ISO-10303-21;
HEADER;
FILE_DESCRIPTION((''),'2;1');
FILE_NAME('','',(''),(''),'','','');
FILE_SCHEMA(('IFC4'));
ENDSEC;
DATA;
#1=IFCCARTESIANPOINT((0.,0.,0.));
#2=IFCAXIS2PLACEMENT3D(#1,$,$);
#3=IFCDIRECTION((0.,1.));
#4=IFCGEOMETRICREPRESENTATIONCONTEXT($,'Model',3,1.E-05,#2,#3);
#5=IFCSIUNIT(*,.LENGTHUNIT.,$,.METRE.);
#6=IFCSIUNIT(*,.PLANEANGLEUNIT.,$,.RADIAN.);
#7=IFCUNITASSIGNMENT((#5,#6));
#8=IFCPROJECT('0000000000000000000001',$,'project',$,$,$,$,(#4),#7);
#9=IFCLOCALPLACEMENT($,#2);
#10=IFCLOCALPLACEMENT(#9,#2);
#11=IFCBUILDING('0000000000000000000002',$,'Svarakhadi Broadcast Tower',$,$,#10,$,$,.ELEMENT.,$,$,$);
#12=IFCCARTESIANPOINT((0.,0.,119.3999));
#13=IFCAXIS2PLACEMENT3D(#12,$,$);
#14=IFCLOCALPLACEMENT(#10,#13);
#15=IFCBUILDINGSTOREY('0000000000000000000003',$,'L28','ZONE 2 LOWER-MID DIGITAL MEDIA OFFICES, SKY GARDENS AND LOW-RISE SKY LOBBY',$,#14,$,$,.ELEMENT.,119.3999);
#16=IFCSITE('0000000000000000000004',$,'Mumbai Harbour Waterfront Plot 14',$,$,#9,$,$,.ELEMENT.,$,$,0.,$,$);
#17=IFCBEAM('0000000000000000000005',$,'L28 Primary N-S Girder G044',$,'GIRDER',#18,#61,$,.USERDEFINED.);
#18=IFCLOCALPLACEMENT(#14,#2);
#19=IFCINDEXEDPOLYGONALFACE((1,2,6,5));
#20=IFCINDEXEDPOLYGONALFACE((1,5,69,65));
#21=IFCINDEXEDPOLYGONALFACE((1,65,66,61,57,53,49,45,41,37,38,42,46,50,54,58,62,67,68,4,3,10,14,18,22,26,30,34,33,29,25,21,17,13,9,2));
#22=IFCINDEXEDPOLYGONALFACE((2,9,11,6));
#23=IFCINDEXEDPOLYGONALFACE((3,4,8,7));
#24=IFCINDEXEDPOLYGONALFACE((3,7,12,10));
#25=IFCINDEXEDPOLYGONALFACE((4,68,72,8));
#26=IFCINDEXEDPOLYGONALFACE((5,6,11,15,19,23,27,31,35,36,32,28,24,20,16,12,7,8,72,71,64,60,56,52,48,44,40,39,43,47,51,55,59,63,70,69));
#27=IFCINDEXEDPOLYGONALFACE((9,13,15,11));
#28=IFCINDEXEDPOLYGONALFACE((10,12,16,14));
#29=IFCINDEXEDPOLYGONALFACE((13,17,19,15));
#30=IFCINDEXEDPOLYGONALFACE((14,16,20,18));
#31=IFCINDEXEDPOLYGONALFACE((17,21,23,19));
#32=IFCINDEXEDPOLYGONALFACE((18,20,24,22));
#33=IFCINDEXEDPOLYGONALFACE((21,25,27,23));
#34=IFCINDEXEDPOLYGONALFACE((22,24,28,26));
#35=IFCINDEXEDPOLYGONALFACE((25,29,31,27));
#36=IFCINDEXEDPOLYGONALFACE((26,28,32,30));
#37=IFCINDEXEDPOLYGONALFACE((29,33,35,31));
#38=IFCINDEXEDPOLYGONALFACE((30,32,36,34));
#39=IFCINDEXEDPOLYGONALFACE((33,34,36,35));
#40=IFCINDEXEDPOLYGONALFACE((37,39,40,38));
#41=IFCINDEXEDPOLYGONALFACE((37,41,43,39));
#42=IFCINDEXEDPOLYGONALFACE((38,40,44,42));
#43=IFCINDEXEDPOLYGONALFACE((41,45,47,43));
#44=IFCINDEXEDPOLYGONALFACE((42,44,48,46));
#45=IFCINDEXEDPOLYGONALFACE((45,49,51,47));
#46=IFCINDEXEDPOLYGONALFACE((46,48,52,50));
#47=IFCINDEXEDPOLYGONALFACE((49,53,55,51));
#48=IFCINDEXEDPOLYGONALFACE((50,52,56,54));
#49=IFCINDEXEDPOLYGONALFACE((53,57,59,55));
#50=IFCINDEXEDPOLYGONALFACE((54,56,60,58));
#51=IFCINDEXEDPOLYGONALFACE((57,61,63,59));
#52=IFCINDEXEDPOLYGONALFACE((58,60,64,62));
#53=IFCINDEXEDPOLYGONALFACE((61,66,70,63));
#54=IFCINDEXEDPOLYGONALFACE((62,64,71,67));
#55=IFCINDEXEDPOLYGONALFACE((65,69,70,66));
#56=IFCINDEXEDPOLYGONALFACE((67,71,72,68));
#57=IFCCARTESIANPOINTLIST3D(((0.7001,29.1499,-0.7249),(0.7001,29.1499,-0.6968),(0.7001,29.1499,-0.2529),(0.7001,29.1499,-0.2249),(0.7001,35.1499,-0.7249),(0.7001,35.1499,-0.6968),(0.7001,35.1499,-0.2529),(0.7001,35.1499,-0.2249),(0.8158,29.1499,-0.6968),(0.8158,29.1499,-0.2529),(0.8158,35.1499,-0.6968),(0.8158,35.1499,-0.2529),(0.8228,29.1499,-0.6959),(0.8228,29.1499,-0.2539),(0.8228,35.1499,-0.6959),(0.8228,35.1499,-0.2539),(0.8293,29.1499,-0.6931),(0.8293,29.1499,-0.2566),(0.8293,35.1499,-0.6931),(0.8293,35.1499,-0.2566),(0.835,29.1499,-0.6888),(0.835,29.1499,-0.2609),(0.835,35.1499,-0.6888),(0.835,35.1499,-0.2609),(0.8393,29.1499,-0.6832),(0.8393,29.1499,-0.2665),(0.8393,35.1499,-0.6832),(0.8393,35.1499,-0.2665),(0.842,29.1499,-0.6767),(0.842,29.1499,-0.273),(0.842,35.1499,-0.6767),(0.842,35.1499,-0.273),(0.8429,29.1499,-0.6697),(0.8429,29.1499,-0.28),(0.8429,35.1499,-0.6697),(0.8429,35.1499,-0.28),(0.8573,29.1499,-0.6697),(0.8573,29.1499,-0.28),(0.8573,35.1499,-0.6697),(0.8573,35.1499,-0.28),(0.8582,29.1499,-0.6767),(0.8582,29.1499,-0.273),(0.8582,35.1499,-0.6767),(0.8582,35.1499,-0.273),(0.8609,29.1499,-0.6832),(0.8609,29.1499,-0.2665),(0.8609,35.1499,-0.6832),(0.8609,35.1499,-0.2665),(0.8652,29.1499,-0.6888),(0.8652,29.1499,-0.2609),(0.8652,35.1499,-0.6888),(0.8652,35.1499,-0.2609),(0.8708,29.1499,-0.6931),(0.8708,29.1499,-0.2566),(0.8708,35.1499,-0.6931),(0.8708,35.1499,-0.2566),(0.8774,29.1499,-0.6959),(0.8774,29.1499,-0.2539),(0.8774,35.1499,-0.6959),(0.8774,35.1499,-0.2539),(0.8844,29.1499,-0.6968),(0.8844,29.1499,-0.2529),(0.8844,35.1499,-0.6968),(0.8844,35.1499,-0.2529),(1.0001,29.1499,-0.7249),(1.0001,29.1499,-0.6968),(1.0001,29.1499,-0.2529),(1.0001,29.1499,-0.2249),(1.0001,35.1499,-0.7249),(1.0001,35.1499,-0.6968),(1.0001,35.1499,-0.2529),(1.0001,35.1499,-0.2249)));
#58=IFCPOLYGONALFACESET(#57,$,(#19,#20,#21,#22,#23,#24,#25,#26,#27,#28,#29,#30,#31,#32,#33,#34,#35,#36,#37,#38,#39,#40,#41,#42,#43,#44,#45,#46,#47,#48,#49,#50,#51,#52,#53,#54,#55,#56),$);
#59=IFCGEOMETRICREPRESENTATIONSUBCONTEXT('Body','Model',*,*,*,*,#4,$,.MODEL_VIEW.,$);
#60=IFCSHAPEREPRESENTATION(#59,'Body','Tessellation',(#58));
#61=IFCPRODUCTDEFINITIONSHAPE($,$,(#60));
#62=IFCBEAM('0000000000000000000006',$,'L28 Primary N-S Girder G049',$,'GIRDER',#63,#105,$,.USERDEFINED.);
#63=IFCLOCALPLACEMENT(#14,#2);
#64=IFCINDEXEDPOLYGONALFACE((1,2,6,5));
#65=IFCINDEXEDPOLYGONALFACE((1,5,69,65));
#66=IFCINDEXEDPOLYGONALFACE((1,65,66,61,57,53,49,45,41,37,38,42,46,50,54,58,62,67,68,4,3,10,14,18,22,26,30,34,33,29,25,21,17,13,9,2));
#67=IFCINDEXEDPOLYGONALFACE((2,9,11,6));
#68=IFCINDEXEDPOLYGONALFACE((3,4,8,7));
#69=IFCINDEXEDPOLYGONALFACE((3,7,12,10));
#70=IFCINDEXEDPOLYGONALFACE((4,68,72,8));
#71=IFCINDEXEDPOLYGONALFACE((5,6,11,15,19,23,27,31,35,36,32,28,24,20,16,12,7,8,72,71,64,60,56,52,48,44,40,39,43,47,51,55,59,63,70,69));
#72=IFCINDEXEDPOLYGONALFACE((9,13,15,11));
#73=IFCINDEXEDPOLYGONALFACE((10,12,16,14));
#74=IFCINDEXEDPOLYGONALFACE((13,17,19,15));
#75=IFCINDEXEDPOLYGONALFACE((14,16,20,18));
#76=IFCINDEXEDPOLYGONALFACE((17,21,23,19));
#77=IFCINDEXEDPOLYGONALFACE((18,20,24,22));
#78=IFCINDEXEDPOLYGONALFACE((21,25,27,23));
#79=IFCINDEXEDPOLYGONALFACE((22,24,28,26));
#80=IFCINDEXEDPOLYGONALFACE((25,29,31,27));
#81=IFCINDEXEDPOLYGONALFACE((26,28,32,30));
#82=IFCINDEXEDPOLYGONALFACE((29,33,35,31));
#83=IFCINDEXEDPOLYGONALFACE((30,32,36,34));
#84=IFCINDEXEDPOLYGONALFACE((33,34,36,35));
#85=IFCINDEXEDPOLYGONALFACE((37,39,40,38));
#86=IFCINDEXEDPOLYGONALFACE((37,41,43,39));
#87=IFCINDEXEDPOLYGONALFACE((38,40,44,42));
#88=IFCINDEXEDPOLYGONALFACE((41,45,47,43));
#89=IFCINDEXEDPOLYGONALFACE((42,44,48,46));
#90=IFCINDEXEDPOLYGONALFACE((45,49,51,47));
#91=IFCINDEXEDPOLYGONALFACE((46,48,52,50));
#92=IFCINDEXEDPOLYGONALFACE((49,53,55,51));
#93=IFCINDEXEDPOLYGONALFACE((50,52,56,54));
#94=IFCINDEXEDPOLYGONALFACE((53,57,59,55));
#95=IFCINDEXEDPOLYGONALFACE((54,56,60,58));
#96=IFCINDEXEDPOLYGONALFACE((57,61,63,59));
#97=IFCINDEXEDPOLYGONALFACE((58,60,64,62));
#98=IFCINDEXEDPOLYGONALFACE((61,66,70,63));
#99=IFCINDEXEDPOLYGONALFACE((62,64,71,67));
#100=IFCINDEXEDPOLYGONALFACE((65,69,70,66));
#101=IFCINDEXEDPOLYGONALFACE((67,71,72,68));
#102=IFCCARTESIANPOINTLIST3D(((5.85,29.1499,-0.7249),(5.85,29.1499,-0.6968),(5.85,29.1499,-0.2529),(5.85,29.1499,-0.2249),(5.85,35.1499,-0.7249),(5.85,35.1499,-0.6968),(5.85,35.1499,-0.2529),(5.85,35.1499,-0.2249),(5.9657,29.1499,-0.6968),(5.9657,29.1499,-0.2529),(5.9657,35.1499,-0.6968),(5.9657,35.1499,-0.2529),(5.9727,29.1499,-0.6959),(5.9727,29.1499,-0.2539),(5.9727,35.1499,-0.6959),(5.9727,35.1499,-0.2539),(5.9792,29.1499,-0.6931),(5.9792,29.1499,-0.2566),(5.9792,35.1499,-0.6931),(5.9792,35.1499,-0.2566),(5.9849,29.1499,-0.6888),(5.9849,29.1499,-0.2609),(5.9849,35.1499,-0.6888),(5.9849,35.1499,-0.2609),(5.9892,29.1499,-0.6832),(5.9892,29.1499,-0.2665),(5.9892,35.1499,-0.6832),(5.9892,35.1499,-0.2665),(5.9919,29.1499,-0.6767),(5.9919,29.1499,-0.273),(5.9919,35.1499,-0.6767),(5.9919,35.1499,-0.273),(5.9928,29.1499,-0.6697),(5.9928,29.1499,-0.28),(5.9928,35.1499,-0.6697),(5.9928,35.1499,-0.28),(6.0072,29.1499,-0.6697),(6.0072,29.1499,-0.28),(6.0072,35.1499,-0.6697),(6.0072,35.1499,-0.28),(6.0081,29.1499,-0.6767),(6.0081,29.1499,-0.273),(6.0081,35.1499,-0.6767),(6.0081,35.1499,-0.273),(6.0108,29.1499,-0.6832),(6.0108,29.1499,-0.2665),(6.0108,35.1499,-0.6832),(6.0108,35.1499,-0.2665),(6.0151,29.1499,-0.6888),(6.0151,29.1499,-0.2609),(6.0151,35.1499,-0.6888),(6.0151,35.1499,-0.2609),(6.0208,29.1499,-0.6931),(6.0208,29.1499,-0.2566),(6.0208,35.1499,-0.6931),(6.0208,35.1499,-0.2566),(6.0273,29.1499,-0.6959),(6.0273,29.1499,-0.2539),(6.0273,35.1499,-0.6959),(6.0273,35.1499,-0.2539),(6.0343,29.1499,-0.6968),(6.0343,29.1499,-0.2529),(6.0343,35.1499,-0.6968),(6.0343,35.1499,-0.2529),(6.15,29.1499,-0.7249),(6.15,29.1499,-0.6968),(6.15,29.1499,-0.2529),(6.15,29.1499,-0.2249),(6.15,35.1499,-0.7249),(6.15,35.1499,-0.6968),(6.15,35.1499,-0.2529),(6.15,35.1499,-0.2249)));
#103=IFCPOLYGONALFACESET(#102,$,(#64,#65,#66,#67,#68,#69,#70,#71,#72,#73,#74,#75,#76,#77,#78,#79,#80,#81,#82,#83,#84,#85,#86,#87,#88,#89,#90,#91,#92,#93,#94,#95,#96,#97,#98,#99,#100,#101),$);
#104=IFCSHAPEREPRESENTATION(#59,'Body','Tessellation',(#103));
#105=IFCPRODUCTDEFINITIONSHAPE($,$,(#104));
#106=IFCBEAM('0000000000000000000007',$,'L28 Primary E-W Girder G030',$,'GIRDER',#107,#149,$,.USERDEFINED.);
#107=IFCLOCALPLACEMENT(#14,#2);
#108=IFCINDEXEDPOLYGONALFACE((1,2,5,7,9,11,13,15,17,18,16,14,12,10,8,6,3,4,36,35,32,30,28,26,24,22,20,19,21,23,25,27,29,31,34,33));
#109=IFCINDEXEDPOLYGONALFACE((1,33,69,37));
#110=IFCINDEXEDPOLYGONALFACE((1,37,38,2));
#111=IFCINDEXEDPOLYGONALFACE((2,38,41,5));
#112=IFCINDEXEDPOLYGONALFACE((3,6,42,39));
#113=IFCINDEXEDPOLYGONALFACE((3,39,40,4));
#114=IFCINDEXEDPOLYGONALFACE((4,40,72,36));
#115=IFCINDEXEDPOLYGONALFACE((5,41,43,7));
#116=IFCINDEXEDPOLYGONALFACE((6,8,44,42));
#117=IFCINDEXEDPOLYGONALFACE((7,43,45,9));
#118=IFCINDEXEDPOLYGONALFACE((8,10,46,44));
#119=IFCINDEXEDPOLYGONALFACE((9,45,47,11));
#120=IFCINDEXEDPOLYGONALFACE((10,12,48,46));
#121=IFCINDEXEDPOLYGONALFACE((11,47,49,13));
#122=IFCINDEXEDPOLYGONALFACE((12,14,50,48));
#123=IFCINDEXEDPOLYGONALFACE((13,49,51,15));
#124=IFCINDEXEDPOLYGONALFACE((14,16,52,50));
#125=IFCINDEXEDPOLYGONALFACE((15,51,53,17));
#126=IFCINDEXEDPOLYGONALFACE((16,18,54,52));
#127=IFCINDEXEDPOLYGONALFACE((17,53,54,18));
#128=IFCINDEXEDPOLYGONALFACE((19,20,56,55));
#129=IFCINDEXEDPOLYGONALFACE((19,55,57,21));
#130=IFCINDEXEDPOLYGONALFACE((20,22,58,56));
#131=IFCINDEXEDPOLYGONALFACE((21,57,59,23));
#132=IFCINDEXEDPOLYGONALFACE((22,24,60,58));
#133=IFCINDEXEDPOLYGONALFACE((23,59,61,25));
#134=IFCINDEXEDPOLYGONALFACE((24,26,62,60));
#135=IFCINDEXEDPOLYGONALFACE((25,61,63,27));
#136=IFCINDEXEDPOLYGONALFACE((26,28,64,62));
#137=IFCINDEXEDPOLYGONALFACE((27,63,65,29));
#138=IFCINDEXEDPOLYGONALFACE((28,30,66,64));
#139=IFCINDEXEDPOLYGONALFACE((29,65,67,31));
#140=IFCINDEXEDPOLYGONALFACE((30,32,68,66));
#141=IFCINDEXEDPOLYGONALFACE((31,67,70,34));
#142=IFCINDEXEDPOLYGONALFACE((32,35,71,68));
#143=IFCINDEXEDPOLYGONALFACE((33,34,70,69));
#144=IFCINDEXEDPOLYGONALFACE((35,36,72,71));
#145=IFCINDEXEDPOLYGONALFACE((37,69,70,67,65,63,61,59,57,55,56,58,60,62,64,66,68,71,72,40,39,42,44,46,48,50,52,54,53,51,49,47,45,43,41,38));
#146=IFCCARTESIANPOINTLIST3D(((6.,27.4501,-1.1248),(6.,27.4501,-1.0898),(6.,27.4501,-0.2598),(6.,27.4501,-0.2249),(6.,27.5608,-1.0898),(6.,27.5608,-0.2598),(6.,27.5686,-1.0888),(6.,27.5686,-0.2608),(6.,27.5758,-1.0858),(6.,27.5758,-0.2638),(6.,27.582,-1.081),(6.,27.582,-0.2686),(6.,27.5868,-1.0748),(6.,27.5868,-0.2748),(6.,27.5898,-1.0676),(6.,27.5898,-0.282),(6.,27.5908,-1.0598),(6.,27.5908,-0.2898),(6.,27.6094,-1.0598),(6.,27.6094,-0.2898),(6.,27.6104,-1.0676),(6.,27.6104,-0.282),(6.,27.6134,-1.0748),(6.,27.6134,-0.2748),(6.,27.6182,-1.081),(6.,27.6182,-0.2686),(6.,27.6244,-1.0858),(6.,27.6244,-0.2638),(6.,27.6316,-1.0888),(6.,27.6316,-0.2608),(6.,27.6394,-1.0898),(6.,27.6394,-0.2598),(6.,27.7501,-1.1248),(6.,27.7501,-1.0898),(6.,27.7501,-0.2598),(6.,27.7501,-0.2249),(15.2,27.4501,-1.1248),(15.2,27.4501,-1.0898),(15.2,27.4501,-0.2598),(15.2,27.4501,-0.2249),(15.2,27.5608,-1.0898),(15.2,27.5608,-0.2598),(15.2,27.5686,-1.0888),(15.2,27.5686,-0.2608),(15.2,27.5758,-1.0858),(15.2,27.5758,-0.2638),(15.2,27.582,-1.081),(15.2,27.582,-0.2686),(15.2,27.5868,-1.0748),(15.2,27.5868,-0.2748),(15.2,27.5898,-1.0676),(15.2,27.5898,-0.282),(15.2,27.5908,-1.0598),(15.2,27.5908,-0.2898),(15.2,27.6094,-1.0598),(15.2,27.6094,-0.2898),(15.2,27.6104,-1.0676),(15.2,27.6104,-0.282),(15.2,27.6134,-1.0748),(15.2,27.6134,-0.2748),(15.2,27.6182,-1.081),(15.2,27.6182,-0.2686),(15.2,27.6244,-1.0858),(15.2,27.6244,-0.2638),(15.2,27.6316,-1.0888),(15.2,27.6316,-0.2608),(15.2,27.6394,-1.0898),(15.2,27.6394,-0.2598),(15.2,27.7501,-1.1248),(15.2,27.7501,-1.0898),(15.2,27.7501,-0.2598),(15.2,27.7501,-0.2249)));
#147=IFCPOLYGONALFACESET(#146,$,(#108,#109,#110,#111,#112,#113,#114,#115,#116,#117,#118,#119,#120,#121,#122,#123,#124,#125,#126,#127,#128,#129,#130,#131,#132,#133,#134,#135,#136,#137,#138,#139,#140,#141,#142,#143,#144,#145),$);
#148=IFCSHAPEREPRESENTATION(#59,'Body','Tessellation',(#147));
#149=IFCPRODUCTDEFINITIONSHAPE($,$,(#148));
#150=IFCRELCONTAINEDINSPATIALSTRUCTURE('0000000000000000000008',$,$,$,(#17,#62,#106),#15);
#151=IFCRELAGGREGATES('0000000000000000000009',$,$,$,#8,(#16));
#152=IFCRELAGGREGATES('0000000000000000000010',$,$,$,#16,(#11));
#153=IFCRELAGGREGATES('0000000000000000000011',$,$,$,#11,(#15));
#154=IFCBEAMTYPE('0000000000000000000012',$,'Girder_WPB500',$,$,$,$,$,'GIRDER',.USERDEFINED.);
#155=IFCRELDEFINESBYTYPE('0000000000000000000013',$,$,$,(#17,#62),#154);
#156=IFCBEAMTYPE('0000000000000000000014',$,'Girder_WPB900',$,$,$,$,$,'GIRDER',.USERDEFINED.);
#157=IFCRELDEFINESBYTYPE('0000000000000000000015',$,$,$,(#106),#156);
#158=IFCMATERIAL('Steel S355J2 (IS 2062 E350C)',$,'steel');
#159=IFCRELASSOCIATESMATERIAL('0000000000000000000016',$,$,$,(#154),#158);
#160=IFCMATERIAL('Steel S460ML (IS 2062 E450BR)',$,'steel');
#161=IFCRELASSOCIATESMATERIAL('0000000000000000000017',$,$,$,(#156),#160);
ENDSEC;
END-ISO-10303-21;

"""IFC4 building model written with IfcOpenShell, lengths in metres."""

from ifc_helpers import new_model, si_unit, direction, frame, origin, origin_2d, place, context, subcontext, project, spatial, i_section, extrude, material, material_profile, profile_set, type_object, element, save


model = new_model("IFC4")

# Units and contexts
model_context = context("Model", 3, precision=1e-05, world=origin(), true_north=direction((0.0, 1.0)))
body_context = subcontext(model_context, "Body", "Model", "MODEL_VIEW")
ifc_project = project(units=[si_unit("LENGTHUNIT", "METRE"), si_unit("PLANEANGLEUNIT", "RADIAN")], contexts=[model_context])

# Site, building, storey
site_placement = place(None, origin())
site = spatial("IfcSite", under=ifc_project, at=site_placement, Name="Mumbai Harbour Waterfront Plot 14", CompositionType="ELEMENT", RefElevation=0.0)
building_placement = place(site_placement, origin())
building = spatial("IfcBuilding", under=site, at=building_placement, Name="Svarakhadi Broadcast Tower", CompositionType="ELEMENT")
storey_placement = place(building_placement, frame((0.0, 0.0, 119.3999)))
storey = spatial("IfcBuildingStorey", under=building, at=storey_placement, Name="L28", Description="ZONE 2 LOWER-MID DIGITAL MEDIA OFFICES, SKY GARDENS AND LOW-RISE SKY LOBBY", CompositionType="ELEMENT", Elevation=119.3999)

# Shared definitions
ifc_material_1 = material(Name="Steel S460ML (IS 2062 E450BR)", Category="steel")

# Shared definitions
ifc_material_2 = material(Name="Steel S355J2 (IS 2062 E350C)", Category="steel")

# Beams
ifc_material_profile_1 = material_profile(ifc_material_2, i_section(OverallWidth=0.3, OverallDepth=0.5, WebThickness=0.0144, FlangeThickness=0.0281, FilletRadius=0.0271, at=origin_2d()), Name="WPB 500x300x187")
ifc_profile_set_1 = profile_set([ifc_material_profile_1], Name="Steel S355J2 (IS 2062 E350C)")
beam_type_1 = type_object("IfcBeamType", Name="Girder_WPB500", ElementType="GIRDER", PredefinedType="USERDEFINED", material=ifc_profile_set_1)
for number, where, z_axis, x_axis, name in (
    (1, (0.8501, 29.1499, -0.4749), (0.0, 1.0, 0.0), (-1.0, 0.0, 0.0), "L28 Primary N-S Girder G044"),
    (2, (6.0, 29.1499, -0.4749), (0.0, 1.0, 0.0), (-1.0, 0.0, 0.0), "L28 Primary N-S Girder G049"),
):
    element("IfcBeam", number, at=place(storey_placement, frame(where, z_axis=z_axis, x_axis=x_axis)), inside=storey, type_object=beam_type_1, Name=name, ObjectType="GIRDER", PredefinedType="USERDEFINED", context=body_context, shape_type="SweptSolid", body=[
        extrude(i_section(OverallWidth=0.3, OverallDepth=0.5, WebThickness=0.0144, FlangeThickness=0.0281, FilletRadius=0.0271, at=origin_2d()), origin(), (0.0, 0.0, 1.0), 6.0),
    ])
ifc_material_profile_2 = material_profile(ifc_material_1, i_section(OverallWidth=0.3, OverallDepth=0.8999, WebThickness=0.0186, FlangeThickness=0.0349, FilletRadius=0.03, at=origin_2d()), Name="WPB 900x300x291")
ifc_profile_set_2 = profile_set([ifc_material_profile_2], Name="Steel S460ML (IS 2062 E450BR)")
beam_type_2 = type_object("IfcBeamType", Name="Girder_WPB900", ElementType="GIRDER", PredefinedType="USERDEFINED", material=ifc_profile_set_2)
beam_1_placement = place(storey_placement, frame((6.0, 27.6001, -0.6748), z_axis=(1.0, 0.0, 0.0), x_axis=(0.0, 1.0, 0.0)))
element("IfcBeam", 3, at=beam_1_placement, inside=storey, type_object=beam_type_2, Name="L28 Primary E-W Girder G030", ObjectType="GIRDER", PredefinedType="USERDEFINED", context=body_context, shape_type="SweptSolid", body=[
    extrude(i_section(OverallWidth=0.3, OverallDepth=0.8999, WebThickness=0.0186, FlangeThickness=0.0349, FilletRadius=0.03, at=origin_2d()), origin(), (0.0, 0.0, 1.0), 9.2),
])

save(model, "model.ifc")
